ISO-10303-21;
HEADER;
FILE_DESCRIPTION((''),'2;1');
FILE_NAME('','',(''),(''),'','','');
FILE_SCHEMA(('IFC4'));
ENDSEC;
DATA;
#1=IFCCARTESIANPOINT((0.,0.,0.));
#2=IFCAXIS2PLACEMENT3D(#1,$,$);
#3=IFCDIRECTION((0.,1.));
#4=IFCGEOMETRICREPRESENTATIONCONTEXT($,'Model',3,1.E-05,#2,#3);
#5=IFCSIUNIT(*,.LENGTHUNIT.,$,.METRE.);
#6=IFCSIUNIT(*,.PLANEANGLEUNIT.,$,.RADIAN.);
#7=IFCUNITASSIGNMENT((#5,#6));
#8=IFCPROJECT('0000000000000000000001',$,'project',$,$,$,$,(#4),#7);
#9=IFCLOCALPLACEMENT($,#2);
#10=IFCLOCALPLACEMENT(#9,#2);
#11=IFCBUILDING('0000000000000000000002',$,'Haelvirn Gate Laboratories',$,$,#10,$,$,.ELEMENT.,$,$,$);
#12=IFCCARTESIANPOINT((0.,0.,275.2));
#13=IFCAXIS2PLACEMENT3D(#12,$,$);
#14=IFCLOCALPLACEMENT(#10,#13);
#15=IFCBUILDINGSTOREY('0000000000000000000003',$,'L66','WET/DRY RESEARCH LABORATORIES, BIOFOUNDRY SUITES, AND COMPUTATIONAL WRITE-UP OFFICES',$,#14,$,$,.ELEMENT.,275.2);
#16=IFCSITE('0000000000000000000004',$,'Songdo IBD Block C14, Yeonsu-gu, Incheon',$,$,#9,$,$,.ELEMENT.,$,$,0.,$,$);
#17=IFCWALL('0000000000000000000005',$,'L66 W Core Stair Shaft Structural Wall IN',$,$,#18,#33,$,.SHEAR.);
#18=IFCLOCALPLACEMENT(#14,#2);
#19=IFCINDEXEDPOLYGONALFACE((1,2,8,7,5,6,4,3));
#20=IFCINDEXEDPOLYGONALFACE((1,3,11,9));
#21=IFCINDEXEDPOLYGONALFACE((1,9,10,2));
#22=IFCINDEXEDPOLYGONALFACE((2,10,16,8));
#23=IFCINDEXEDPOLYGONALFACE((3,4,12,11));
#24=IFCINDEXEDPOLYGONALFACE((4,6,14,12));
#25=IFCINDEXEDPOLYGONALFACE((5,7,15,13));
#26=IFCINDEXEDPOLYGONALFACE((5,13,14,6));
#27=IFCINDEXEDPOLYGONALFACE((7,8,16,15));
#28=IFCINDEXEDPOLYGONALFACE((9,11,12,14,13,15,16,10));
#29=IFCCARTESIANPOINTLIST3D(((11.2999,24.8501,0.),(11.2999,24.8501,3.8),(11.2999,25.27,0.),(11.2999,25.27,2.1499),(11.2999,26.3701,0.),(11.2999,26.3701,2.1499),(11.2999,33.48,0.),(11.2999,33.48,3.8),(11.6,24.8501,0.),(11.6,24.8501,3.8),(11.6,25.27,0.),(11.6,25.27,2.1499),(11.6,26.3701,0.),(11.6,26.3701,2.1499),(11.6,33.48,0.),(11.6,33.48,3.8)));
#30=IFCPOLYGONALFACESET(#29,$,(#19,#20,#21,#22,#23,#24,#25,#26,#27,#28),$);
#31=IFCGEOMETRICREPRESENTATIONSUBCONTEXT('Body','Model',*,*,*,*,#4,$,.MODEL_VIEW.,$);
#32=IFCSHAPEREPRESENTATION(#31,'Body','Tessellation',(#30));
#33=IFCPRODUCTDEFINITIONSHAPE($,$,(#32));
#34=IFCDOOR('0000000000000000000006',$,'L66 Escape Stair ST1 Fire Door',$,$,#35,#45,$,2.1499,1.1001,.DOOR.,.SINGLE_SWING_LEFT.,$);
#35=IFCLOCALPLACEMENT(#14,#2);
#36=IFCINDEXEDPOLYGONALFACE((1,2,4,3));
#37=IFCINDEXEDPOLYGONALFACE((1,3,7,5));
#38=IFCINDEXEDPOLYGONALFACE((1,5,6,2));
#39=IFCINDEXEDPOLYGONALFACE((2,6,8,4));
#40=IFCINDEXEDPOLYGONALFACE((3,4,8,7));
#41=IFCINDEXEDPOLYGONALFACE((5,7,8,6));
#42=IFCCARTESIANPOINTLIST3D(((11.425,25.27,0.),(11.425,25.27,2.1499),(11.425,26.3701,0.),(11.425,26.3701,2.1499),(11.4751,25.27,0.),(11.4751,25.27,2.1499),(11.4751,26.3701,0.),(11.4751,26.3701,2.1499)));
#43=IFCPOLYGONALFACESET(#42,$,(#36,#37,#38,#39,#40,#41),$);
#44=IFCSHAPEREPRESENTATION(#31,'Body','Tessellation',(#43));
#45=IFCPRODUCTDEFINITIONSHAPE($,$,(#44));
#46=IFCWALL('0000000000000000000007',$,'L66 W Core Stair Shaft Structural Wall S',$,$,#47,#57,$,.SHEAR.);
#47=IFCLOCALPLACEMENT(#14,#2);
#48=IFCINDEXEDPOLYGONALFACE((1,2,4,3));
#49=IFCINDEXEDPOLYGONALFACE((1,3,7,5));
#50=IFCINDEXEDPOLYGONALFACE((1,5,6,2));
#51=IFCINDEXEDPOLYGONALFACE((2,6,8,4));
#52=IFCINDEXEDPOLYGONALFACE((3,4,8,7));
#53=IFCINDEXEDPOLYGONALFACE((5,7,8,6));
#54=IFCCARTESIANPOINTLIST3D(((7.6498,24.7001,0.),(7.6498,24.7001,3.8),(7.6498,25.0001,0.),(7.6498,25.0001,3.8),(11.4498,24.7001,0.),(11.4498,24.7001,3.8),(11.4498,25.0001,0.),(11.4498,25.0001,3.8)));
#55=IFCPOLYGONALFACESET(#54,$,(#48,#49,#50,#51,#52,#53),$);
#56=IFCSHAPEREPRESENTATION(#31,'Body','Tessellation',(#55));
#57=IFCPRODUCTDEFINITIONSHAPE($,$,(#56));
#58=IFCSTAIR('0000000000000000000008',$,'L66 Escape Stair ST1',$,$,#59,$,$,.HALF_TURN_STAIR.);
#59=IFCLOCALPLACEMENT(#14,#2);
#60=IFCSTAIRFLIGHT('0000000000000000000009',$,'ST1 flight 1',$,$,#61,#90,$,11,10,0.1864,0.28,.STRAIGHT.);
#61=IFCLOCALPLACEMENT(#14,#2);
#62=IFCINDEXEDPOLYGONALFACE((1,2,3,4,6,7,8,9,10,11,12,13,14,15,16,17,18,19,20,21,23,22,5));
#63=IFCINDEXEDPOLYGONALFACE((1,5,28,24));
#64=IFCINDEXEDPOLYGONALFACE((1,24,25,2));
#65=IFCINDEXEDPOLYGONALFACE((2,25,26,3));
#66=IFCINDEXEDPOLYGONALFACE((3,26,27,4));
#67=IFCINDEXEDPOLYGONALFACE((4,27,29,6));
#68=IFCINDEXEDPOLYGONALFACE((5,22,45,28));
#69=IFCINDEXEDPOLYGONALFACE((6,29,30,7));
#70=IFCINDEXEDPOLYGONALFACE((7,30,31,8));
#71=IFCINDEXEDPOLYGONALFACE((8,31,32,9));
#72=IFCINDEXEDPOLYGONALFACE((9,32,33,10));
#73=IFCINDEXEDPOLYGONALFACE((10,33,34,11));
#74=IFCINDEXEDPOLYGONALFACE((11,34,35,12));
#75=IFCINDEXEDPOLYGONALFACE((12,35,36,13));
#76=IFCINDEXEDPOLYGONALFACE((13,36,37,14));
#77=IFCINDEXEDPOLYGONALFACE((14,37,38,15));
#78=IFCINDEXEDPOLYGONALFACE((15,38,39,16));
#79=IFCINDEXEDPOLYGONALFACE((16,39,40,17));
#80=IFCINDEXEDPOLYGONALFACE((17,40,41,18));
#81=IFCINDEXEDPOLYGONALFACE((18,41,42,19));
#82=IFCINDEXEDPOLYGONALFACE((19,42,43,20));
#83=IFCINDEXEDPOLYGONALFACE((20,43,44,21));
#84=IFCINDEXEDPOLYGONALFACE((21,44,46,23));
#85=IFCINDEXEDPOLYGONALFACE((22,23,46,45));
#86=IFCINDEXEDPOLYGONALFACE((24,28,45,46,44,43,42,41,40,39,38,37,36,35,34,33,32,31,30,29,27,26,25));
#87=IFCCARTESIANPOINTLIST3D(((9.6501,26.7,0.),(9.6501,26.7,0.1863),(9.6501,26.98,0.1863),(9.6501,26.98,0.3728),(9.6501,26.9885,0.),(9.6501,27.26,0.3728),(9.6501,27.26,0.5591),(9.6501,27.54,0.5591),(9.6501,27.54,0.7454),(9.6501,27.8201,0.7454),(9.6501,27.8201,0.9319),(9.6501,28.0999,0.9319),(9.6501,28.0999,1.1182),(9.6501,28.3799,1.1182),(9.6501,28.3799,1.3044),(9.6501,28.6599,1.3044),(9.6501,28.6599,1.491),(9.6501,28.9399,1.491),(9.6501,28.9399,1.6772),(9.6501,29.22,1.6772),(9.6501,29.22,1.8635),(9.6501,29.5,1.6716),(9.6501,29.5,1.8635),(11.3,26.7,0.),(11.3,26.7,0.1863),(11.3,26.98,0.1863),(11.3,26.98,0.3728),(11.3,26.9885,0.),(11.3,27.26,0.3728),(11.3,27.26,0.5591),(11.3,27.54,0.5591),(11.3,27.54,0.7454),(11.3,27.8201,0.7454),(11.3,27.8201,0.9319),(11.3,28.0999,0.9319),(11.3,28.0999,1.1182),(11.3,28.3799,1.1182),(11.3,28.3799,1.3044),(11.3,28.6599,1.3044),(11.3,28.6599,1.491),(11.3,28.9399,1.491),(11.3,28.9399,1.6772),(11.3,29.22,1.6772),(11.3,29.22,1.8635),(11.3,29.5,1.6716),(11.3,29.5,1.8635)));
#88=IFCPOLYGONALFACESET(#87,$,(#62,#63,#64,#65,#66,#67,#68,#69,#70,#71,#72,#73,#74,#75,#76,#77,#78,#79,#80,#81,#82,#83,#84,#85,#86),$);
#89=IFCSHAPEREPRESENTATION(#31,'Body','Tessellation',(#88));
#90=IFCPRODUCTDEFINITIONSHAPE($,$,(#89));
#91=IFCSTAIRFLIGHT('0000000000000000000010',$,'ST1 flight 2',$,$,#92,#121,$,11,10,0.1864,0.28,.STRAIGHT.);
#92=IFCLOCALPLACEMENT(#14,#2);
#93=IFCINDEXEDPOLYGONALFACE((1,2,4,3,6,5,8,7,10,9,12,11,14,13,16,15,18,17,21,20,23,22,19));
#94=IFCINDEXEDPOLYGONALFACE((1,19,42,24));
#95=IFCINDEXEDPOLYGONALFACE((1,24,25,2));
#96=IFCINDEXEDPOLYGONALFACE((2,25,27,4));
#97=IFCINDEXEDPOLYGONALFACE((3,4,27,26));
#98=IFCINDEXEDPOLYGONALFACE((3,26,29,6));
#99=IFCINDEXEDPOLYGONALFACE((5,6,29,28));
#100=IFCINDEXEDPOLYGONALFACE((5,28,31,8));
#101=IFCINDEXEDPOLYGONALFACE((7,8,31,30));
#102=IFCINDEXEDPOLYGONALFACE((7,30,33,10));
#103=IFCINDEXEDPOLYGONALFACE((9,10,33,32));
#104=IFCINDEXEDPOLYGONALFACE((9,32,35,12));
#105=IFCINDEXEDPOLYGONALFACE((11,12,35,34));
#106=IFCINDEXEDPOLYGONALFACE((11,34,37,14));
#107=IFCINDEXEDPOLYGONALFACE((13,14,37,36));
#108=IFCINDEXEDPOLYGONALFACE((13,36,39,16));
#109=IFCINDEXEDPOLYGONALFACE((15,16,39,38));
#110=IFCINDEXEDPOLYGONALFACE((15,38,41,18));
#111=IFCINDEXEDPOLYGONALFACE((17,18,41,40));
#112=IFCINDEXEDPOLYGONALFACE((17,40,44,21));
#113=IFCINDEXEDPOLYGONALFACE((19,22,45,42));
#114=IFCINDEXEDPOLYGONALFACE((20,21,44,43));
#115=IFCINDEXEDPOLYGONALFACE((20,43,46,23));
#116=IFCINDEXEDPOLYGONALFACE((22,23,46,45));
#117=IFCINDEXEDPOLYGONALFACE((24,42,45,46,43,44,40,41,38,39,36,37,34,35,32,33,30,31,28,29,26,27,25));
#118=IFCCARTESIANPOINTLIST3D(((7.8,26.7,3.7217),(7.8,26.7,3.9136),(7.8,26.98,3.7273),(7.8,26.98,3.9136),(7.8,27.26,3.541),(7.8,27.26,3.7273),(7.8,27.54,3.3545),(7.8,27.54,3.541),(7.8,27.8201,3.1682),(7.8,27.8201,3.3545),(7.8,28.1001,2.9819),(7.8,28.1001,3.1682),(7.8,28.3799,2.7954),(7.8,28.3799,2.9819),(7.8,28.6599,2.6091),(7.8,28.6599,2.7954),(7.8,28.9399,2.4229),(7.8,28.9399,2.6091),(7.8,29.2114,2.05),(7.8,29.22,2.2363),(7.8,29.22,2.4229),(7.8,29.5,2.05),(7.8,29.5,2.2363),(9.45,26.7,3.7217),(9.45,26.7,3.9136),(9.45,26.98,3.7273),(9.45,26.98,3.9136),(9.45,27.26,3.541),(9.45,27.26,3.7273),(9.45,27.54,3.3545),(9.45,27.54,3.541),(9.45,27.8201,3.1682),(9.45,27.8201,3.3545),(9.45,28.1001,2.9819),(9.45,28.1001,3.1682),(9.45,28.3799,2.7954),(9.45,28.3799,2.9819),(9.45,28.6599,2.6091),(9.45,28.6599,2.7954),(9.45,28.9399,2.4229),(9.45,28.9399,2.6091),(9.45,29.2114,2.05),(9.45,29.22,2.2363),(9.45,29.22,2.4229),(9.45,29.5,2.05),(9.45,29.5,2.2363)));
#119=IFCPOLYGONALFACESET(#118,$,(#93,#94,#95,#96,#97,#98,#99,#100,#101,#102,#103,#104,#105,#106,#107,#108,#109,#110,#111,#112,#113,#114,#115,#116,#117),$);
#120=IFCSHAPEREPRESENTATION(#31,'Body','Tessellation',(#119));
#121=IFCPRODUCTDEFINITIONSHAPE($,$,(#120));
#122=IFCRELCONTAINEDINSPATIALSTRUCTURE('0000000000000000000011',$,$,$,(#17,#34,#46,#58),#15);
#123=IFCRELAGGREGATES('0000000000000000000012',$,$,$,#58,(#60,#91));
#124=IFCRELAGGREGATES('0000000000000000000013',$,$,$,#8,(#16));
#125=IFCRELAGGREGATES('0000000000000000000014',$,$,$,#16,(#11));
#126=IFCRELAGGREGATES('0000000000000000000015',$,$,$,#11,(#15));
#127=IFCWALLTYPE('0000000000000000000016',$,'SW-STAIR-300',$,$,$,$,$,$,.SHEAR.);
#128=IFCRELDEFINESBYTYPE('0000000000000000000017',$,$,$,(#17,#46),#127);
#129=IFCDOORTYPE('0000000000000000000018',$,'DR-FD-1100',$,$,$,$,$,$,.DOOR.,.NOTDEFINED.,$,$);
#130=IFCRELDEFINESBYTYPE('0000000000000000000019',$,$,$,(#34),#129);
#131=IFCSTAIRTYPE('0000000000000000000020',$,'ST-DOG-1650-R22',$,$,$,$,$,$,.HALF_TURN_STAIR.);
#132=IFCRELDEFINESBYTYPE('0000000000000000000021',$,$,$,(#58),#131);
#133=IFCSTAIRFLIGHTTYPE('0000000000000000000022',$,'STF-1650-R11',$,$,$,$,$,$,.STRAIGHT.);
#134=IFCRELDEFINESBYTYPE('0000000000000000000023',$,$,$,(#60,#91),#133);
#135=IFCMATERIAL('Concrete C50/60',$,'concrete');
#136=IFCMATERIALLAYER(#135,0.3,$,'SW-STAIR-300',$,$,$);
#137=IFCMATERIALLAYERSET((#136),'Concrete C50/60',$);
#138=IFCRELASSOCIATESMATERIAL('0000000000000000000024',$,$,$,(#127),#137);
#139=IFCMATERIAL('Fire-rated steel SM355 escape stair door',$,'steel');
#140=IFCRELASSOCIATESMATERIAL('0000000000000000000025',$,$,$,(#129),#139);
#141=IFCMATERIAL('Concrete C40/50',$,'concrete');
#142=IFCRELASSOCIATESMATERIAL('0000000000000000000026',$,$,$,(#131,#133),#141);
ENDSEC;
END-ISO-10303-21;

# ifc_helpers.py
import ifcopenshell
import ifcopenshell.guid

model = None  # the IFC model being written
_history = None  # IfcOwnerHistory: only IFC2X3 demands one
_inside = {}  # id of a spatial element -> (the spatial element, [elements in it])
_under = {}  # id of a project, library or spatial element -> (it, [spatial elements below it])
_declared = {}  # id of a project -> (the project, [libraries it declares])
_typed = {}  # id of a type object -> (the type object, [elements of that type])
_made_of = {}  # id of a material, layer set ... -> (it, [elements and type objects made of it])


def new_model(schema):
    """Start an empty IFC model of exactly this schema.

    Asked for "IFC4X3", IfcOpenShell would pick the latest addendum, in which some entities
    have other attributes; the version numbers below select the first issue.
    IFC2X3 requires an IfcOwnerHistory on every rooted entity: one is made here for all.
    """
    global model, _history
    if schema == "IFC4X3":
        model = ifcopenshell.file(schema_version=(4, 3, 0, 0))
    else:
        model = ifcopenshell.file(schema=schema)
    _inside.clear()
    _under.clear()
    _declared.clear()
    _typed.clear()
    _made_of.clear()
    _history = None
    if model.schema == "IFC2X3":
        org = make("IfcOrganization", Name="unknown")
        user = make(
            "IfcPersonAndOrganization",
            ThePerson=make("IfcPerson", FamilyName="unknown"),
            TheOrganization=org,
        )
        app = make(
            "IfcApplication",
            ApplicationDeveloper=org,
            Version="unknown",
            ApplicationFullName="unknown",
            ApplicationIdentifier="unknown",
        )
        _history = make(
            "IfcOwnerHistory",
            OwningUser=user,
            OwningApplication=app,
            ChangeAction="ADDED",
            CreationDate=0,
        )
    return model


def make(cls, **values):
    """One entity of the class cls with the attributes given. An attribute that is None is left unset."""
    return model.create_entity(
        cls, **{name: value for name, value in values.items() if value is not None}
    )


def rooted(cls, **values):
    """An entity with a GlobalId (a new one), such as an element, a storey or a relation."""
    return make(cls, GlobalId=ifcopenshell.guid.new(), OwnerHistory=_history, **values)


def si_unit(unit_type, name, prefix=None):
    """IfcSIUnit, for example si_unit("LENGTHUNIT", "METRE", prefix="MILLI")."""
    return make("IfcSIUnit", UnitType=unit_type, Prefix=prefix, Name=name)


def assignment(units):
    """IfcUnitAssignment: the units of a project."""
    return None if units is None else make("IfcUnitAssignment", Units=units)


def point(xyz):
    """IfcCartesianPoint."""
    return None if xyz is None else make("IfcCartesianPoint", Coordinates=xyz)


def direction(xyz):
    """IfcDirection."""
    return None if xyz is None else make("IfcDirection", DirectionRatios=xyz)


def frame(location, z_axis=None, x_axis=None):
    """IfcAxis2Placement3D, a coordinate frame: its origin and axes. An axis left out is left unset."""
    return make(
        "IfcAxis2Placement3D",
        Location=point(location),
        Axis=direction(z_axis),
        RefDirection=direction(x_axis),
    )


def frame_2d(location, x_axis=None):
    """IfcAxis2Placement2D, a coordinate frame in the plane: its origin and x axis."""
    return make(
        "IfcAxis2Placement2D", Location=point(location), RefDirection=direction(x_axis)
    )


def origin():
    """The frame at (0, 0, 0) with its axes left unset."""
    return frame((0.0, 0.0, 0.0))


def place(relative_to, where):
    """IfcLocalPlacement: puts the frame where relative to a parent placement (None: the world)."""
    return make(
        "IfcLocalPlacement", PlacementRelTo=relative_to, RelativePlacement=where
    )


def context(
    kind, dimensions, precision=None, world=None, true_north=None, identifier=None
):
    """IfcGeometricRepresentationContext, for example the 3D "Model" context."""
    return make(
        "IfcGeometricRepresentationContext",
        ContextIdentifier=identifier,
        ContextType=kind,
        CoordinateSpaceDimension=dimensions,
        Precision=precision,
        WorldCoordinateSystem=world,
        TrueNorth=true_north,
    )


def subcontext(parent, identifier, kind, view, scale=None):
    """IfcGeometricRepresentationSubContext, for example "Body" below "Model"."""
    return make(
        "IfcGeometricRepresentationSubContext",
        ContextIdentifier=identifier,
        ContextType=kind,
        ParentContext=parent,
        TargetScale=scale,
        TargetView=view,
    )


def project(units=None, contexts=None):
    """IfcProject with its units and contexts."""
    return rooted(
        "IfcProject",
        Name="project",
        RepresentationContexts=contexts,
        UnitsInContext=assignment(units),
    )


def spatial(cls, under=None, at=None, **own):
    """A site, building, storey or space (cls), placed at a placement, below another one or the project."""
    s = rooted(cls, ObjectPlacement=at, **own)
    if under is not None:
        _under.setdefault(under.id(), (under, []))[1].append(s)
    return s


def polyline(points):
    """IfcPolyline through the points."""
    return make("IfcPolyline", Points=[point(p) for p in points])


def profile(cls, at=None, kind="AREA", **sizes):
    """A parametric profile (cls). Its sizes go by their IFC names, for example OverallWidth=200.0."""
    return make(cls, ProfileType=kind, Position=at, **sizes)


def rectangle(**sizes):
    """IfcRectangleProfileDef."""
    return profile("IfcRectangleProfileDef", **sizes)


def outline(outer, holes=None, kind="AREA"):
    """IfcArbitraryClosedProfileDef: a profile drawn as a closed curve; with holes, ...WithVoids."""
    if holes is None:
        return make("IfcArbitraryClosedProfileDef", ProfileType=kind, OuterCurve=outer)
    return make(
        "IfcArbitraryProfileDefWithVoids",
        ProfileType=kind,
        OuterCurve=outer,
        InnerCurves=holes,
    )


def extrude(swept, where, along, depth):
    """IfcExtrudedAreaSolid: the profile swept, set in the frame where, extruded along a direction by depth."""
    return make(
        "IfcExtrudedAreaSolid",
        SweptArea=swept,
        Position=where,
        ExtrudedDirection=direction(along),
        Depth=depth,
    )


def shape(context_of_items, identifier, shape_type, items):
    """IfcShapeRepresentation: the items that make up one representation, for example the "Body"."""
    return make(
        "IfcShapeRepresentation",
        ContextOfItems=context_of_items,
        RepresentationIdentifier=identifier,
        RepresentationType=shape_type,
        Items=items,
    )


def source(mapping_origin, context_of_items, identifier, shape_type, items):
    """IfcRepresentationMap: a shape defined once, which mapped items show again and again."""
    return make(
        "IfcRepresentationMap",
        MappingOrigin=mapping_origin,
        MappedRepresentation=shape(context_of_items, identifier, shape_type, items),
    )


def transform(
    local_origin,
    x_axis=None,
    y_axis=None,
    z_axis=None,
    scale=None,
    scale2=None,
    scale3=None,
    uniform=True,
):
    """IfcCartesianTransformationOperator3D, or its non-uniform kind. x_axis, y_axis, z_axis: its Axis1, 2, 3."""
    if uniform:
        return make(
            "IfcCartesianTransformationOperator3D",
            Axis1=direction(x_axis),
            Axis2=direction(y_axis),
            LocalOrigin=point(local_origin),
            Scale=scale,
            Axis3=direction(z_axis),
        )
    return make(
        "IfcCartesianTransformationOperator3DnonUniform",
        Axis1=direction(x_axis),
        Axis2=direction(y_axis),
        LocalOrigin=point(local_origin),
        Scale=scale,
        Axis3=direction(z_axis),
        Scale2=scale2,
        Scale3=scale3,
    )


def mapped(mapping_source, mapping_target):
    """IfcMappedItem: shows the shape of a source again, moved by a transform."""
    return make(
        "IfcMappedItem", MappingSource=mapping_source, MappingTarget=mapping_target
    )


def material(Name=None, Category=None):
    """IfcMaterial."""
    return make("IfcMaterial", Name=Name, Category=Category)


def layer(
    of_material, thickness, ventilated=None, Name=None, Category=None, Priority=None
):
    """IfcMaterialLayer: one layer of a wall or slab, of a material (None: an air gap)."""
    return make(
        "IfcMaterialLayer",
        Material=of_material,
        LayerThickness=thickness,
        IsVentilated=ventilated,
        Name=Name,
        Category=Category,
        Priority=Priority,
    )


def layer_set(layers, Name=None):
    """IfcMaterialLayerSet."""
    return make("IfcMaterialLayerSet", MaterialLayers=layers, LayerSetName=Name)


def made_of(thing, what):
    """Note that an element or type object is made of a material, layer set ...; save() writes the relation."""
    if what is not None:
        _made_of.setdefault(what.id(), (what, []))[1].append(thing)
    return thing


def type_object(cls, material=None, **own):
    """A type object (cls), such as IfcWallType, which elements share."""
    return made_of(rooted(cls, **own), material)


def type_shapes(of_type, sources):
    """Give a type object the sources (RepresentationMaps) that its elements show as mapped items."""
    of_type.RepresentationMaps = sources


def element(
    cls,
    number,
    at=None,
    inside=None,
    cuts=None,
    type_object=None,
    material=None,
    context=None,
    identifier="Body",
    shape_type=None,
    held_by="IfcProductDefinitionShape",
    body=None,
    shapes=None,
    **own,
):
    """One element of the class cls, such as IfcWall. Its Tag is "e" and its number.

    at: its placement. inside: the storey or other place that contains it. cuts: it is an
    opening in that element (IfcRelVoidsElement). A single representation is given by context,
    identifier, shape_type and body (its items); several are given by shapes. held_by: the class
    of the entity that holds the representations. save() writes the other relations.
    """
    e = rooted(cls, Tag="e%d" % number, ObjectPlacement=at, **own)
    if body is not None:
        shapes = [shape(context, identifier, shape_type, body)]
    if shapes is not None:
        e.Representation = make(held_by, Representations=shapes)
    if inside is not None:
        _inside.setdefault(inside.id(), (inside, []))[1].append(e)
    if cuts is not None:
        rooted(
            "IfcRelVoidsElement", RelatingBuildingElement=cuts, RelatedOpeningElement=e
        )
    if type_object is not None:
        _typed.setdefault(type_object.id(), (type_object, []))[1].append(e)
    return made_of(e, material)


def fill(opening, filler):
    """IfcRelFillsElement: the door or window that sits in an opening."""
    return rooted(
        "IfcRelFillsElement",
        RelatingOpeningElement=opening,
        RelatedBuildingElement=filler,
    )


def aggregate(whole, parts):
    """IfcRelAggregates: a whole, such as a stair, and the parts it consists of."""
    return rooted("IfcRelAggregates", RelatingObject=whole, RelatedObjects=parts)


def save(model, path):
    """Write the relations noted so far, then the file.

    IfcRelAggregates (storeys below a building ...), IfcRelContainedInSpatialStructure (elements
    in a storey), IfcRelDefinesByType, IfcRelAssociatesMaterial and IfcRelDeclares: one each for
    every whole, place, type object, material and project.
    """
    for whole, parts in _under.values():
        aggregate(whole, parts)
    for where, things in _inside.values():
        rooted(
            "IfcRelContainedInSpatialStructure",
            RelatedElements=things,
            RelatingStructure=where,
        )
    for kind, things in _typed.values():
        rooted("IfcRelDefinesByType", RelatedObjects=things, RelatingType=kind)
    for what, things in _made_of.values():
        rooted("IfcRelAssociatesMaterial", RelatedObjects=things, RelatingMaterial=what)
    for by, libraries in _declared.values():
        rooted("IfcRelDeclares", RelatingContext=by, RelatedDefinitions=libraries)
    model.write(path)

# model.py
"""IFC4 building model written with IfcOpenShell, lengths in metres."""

from ifc_helpers import new_model, si_unit, direction, frame, frame_2d, origin, place, context, subcontext, project, spatial, polyline, rectangle, outline, extrude, source, transform, mapped, material, layer, layer_set, type_object, type_shapes, element, fill, aggregate, save


model = new_model("IFC4")

# Units and contexts
model_context = context("Model", 3, precision=1e-05, world=origin(), true_north=direction((0.0, 1.0)))
body_context = subcontext(model_context, "Body", "Model", "MODEL_VIEW")
ifc_project = project(units=[si_unit("LENGTHUNIT", "METRE"), si_unit("PLANEANGLEUNIT", "RADIAN")], contexts=[model_context])

# Site, building, storey
site_placement = place(None, origin())
site = spatial("IfcSite", under=ifc_project, at=site_placement, Name="Songdo IBD Block C14, Yeonsu-gu, Incheon", CompositionType="ELEMENT", RefElevation=0.0)
building_placement = place(site_placement, origin())
building = spatial("IfcBuilding", under=site, at=building_placement, Name="Haelvirn Gate Laboratories", CompositionType="ELEMENT")
storey_placement = place(building_placement, frame((0.0, 0.0, 275.2)))
storey = spatial("IfcBuildingStorey", under=building, at=storey_placement, Name="L66", Description="WET/DRY RESEARCH LABORATORIES, BIOFOUNDRY SUITES, AND COMPUTATIONAL WRITE-UP OFFICES", CompositionType="ELEMENT", Elevation=275.2)

# Shared definitions
ifc_material_1 = material(Name="Concrete C50/60", Category="concrete")

# Shared definitions
ifc_material_2 = material(Name="Concrete C40/50", Category="concrete")

# Wall, opening, door
ifc_layer_1 = layer(ifc_material_1, 0.3, Name="SW-STAIR-300")
ifc_layer_set_1 = layer_set([ifc_layer_1], Name="Concrete C50/60")
wall_type_1 = type_object("IfcWallType", Name="SW-STAIR-300", PredefinedType="SHEAR", material=ifc_layer_set_1)
wall_1_placement = place(storey_placement, frame((11.45, 24.8501, 0.0), z_axis=(0.0, 0.0, 1.0), x_axis=(0.0, 1.0, 0.0)))
wall_1 = element("IfcWall", 1, at=wall_1_placement, inside=storey, type_object=wall_type_1, Name="L66 W Core Stair Shaft Structural Wall IN", PredefinedType="SHEAR", context=body_context, shape_type="SweptSolid", body=[
    extrude(rectangle(XDim=8.6299, YDim=0.3, at=frame_2d((4.3149, 0.0))), origin(), (0.0, 0.0, 1.0), 3.8),
])
opening_1_placement = place(wall_1_placement, frame((0.4199, 0.0, 0.0)))
opening_1 = element("IfcOpeningElement", 2, at=opening_1_placement, cuts=wall_1, PredefinedType="OPENING", context=body_context, shape_type="SweptSolid", body=[
    extrude(rectangle(XDim=1.1001, YDim=2.1499, at=frame_2d((0.55, 1.075))), frame((0.0, 0.1602, 0.0), z_axis=(0.0, -1.0, 0.0), x_axis=(1.0, 0.0, 0.0)), (0.0, 0.0, 1.0), 0.3201),
])
ifc_material_3 = material(Name="Fire-rated steel SM355 escape stair door", Category="steel")
door_type_1 = type_object("IfcDoorType", Name="DR-FD-1100", OperationType="NOTDEFINED", PredefinedType="DOOR", material=ifc_material_3)
shared_shape_1 = source(origin(), body_context, "Body", "SweptSolid", [
    extrude(rectangle(XDim=1.1001, YDim=2.1499, at=frame_2d((0.55, 1.075))), frame((0.0, 0.0249, 0.0), z_axis=(0.0, -1.0, 0.0), x_axis=(1.0, 0.0, 0.0)), (0.0, 0.0, 1.0), 0.05),
])
type_shapes(door_type_1, [shared_shape_1])
door_1_placement = place(opening_1_placement, origin())
door_1 = element("IfcDoor", 3, at=door_1_placement, inside=storey, type_object=door_type_1, Name="L66 Escape Stair ST1 Fire Door", OperationType="SINGLE_SWING_LEFT", OverallHeight=2.1499, OverallWidth=1.1001, PredefinedType="DOOR", context=body_context, shape_type="MappedRepresentation", body=[
    mapped(shared_shape_1, transform((0.0, 0.0, 0.0), scale=1.0)),
])
fill(opening_1, door_1)

# Wall
wall_2_placement = place(storey_placement, frame((7.6499, 24.8501, 0.0), z_axis=(0.0, 0.0, 1.0), x_axis=(1.0, 0.0, 0.0)))
element("IfcWall", 4, at=wall_2_placement, inside=storey, type_object=wall_type_1, Name="L66 W Core Stair Shaft Structural Wall S", PredefinedType="SHEAR", context=body_context, shape_type="SweptSolid", body=[
    extrude(rectangle(XDim=3.8, YDim=0.3, at=frame_2d((1.8999, 0.0))), origin(), (0.0, 0.0, 1.0), 3.8),
])

# Stair, stair flights
stair_type = type_object("IfcStairType", Name="ST-DOG-1650-R22", PredefinedType="HALF_TURN_STAIR", material=ifc_material_2)
stair_placement = place(storey_placement, origin())
stair = element("IfcStair", 5, at=stair_placement, inside=storey, type_object=stair_type, Name="L66 Escape Stair ST1", PredefinedType="HALF_TURN_STAIR")
stair_flight_type = type_object("IfcStairFlightType", Name="STF-1650-R11", PredefinedType="STRAIGHT", material=ifc_material_2)
shared_shape_2 = source(origin(), body_context, "Body", "SweptSolid", [
    extrude(outline(polyline([(0.0, 0.0), (0.0, 0.1863), (0.28, 0.1863), (0.28, 0.3728), (0.5601, 0.3728), (0.5601, 0.5591), (0.8401, 0.5591), (0.8401, 0.7454), (1.1201, 0.7454), (1.1201, 0.9319), (1.3999, 0.9319), (1.3999, 1.1182), (1.6799, 1.1182), (1.6799, 1.3044), (1.96, 1.3044), (1.96, 1.491), (2.24, 1.491), (2.24, 1.6772), (2.52, 1.6772), (2.52, 1.8635), (2.8, 1.8635), (2.8, 2.05), (2.8, 1.6716), (0.2886, 0.0), (0.0, 0.0)])), frame((0.0, 0.825, 0.0), z_axis=(0.0, -1.0, 0.0), x_axis=(1.0, 0.0, 0.0)), (0.0, 0.0, 1.0), 1.6499),
])
type_shapes(stair_flight_type, [shared_shape_2])
stair_flight_1_placement = place(storey_placement, frame((10.4751, 26.7, 0.0), z_axis=(0.0, 0.0, 1.0), x_axis=(0.0, 1.0, 0.0)))
stair_flight_1 = element("IfcStairFlight", 6, at=stair_flight_1_placement, type_object=stair_flight_type, Name="ST1 flight 1", NumberOfRisers=11, NumberOfTreads=10, PredefinedType="STRAIGHT", RiserHeight=0.1864, TreadLength=0.28, context=body_context, shape_type="MappedRepresentation", body=[
    mapped(shared_shape_2, transform((0.0, 0.0, 0.0), scale=1.0)),
])
stair_flight_2_placement = place(storey_placement, frame((8.625, 29.5, 2.05), z_axis=(0.0, 0.0, 1.0), x_axis=(0.0, -1.0, 0.0)))
stair_flight_2 = element("IfcStairFlight", 7, at=stair_flight_2_placement, type_object=stair_flight_type, Name="ST1 flight 2", NumberOfRisers=11, NumberOfTreads=10, PredefinedType="STRAIGHT", RiserHeight=0.1864, TreadLength=0.28, context=body_context, shape_type="MappedRepresentation", body=[
    mapped(shared_shape_2, transform((0.0, 0.0, 0.0), scale=1.0)),
])
aggregate(stair, [stair_flight_1, stair_flight_2])

save(model, "model.ifc")
